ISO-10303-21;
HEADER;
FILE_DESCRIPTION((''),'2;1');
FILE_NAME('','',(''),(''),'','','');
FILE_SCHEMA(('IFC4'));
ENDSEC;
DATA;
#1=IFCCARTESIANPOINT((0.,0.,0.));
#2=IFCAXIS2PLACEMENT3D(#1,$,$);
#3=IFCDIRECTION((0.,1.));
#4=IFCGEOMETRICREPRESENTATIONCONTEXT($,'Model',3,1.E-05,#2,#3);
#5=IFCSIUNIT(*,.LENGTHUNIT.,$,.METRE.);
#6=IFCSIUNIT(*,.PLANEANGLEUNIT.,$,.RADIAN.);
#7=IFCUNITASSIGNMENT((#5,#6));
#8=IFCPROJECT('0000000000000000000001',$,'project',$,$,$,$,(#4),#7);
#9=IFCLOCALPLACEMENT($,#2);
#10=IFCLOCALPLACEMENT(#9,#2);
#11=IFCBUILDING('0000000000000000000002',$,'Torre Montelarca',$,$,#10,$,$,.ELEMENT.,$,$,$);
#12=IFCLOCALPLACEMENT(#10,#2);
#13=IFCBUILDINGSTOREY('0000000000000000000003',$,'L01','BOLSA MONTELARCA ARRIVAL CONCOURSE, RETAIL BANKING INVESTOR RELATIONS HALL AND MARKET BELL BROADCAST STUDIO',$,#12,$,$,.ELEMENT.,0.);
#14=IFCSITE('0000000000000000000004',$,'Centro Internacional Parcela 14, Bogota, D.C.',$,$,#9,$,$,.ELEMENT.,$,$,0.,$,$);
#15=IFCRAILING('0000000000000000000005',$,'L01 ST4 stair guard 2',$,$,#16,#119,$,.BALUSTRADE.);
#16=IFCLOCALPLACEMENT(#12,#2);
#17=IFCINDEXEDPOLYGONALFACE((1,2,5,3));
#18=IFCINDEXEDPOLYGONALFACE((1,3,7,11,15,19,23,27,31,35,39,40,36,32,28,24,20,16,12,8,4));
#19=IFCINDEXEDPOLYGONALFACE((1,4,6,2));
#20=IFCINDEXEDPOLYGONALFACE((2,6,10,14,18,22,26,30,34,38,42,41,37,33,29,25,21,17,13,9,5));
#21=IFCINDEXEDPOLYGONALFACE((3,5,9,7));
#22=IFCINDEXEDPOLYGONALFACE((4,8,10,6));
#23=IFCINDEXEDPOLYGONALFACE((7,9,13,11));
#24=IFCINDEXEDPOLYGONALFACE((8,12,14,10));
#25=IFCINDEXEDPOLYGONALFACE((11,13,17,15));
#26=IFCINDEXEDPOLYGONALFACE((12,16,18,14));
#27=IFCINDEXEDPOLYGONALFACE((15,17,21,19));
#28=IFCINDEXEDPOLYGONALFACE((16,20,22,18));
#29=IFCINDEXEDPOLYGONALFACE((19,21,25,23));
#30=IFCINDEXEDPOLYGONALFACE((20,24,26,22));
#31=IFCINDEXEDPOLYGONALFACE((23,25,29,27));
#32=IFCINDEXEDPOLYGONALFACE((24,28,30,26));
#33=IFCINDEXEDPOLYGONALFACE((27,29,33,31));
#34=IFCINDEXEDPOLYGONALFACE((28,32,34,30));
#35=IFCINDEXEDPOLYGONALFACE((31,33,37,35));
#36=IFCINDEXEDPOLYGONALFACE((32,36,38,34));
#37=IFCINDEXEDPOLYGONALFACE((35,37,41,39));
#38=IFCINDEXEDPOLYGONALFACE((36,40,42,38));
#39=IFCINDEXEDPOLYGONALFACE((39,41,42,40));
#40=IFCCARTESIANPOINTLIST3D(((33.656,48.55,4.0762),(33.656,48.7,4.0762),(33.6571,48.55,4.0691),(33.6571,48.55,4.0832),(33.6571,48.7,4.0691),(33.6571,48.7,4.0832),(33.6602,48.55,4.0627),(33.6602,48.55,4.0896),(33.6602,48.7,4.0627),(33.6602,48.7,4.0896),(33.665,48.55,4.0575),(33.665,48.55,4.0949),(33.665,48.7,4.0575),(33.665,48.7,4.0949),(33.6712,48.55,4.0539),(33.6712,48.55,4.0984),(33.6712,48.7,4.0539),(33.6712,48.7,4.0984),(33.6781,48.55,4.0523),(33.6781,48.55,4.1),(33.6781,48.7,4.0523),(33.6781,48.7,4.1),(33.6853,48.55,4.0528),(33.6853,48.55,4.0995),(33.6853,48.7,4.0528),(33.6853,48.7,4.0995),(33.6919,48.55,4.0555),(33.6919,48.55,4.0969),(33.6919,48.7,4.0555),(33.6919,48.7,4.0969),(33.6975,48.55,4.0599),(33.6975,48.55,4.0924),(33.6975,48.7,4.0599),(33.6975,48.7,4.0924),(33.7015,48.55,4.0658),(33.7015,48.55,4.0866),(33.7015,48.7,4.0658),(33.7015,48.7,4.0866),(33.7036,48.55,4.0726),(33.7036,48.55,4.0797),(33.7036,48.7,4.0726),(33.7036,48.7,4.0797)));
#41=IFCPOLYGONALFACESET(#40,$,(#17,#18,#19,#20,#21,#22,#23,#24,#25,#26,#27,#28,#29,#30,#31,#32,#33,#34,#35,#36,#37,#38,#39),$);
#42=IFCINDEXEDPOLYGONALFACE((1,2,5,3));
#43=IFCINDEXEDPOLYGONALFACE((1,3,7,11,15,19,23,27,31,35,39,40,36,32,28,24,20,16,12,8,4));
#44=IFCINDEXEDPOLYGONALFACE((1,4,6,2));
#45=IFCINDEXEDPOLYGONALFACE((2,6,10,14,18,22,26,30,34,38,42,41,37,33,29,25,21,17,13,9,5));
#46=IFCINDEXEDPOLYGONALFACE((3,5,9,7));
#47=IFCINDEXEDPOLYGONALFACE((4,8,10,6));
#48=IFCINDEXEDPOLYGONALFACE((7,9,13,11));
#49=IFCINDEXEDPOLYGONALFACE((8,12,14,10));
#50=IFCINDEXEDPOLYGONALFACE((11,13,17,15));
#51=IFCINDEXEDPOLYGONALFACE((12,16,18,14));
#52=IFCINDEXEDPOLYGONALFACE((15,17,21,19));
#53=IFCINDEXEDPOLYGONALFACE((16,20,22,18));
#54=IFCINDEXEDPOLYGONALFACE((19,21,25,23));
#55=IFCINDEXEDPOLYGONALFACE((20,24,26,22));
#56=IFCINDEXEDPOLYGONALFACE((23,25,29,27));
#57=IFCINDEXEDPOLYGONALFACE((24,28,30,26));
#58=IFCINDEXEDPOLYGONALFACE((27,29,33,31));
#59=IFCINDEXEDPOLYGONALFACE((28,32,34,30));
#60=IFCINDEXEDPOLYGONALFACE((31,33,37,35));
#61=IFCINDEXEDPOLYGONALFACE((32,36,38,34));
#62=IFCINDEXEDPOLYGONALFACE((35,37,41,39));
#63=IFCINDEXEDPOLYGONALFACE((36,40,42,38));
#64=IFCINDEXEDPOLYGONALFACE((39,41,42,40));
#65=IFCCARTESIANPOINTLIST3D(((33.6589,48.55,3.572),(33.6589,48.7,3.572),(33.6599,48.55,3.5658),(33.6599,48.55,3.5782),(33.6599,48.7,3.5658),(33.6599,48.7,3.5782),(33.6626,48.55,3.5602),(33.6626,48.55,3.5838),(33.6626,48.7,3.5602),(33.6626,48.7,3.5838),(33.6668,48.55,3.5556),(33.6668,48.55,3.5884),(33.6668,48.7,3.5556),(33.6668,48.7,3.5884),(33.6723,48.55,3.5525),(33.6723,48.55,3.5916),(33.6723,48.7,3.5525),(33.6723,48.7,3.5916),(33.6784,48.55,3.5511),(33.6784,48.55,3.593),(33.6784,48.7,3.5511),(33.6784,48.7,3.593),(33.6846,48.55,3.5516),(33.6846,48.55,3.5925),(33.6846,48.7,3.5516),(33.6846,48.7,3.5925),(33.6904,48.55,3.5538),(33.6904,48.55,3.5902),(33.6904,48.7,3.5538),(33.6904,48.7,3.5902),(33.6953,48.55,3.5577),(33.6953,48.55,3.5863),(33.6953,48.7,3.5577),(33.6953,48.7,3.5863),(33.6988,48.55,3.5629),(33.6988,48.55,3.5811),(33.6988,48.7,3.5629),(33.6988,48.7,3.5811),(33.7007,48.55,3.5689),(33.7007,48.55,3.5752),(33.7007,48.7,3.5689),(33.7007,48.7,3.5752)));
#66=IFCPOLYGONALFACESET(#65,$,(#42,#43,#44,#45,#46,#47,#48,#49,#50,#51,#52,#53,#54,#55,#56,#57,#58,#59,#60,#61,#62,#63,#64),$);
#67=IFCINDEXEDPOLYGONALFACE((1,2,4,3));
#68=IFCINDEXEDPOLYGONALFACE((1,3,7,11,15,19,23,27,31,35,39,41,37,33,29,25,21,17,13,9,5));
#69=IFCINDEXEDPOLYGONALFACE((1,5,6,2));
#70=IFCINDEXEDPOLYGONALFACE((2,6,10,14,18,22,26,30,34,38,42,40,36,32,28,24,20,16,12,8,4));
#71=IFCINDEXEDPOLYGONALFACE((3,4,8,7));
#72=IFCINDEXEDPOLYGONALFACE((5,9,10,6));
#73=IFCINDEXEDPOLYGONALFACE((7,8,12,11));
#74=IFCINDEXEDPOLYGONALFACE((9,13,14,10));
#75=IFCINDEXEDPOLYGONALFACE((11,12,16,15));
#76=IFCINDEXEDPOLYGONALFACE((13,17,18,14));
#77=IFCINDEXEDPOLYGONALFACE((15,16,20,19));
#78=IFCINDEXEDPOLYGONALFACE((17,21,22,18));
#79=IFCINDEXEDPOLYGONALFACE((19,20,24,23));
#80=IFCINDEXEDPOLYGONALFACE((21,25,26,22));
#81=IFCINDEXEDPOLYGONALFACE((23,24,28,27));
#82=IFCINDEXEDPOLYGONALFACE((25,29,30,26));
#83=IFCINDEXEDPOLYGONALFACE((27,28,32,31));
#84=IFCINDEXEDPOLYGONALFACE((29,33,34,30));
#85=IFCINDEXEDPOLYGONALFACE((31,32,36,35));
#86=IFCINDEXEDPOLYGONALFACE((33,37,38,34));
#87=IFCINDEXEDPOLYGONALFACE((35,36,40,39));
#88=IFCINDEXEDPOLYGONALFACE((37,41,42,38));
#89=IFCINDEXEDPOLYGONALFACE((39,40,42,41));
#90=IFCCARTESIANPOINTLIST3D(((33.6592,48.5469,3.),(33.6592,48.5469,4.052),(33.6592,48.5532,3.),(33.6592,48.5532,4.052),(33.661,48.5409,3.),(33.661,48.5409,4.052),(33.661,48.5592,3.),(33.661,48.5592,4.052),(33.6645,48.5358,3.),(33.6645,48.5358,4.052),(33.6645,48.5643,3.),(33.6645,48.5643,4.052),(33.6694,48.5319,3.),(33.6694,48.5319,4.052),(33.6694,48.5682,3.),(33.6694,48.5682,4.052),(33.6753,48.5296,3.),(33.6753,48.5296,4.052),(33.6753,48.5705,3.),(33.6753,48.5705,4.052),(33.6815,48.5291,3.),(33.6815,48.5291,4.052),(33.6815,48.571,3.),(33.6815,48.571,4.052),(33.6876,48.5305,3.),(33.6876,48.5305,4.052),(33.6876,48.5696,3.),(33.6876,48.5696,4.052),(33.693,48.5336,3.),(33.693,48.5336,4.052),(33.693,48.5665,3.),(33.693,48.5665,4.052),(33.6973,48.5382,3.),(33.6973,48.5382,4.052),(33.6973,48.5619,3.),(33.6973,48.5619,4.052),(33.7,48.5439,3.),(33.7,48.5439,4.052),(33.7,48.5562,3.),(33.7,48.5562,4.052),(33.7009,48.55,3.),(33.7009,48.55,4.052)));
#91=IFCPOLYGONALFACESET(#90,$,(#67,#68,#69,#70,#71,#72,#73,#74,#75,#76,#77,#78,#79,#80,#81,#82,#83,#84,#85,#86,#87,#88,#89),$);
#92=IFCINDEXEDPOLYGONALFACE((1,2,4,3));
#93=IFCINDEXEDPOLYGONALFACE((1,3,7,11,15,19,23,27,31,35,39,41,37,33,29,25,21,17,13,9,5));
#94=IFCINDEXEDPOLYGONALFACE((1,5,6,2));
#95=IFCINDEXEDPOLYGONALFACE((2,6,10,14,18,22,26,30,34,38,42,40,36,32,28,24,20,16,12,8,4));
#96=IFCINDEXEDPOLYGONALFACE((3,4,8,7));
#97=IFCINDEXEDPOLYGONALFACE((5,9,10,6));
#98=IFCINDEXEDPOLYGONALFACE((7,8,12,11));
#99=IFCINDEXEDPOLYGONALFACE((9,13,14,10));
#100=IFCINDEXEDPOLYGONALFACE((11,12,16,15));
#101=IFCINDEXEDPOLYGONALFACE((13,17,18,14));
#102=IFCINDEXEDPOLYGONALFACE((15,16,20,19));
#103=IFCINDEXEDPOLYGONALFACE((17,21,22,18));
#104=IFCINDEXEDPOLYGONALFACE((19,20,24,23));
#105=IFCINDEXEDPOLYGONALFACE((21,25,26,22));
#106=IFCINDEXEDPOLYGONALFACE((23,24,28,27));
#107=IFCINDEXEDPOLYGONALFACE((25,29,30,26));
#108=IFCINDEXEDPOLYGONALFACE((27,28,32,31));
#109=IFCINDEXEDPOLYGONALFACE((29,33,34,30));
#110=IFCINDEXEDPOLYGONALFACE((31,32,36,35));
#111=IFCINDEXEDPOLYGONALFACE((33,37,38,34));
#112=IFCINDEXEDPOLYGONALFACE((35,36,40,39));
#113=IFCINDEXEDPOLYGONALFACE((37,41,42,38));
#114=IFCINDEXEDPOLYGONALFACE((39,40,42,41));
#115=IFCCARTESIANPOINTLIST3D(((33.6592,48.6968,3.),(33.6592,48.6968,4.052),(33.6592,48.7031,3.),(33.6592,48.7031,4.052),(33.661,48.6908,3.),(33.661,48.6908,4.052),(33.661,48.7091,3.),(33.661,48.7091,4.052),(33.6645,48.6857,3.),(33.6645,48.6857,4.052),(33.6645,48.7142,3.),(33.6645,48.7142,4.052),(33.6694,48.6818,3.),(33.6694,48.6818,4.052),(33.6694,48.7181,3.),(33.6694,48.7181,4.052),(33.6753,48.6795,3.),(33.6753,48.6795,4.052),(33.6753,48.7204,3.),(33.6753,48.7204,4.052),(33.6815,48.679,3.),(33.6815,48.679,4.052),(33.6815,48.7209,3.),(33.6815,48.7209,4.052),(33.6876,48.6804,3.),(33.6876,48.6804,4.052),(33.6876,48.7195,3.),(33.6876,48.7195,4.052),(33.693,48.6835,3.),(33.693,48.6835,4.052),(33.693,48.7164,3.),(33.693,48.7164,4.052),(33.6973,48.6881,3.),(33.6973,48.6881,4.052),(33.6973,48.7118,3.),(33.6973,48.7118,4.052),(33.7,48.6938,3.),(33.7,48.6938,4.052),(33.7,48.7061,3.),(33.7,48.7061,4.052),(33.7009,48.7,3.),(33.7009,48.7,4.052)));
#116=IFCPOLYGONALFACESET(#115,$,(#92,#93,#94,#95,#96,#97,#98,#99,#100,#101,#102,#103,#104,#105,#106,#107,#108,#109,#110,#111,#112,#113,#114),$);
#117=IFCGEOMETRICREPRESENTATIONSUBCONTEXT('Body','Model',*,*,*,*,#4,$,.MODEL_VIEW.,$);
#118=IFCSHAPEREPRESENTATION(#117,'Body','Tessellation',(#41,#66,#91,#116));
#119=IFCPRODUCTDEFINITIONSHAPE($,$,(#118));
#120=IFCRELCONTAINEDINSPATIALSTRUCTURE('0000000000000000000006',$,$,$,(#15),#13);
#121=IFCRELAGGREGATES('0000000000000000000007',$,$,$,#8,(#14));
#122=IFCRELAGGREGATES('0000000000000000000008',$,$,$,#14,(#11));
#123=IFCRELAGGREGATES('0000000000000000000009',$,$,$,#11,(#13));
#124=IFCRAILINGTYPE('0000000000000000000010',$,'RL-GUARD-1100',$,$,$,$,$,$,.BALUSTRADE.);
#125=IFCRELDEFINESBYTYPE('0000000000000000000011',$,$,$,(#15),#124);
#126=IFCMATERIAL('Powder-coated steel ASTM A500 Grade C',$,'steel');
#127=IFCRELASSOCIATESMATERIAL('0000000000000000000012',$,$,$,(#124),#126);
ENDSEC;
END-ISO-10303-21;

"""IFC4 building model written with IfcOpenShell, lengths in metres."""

from ifc_helpers import new_model, si_unit, direction, frame, origin, origin_2d, place, context, subcontext, project, spatial, circle, extrude, material, type_object, element, save


model = new_model("IFC4")

# Units and contexts
model_context = context("Model", 3, precision=1e-05, world=origin(), true_north=direction((0.0, 1.0)))
body_context = subcontext(model_context, "Body", "Model", "MODEL_VIEW")
ifc_project = project(units=[si_unit("LENGTHUNIT", "METRE"), si_unit("PLANEANGLEUNIT", "RADIAN")], contexts=[model_context])

# Site, building, storey
site_placement = place(None, origin())
site = spatial("IfcSite", under=ifc_project, at=site_placement, Name="Centro Internacional Parcela 14, Bogota, D.C.", CompositionType="ELEMENT", RefElevation=0.0)
building_placement = place(site_placement, origin())
building = spatial("IfcBuilding", under=site, at=building_placement, Name="Torre Montelarca", CompositionType="ELEMENT")
storey_placement = place(building_placement, origin())
storey = spatial("IfcBuildingStorey", under=building, at=storey_placement, Name="L01", Description="BOLSA MONTELARCA ARRIVAL CONCOURSE, RETAIL BANKING INVESTOR RELATIONS HALL AND MARKET BELL BROADCAST STUDIO", CompositionType="ELEMENT", Elevation=0.0)

# Railing
ifc_material_1 = material(Name="Powder-coated steel ASTM A500 Grade C", Category="steel")
railing_type_1 = type_object("IfcRailingType", Name="RL-GUARD-1100", PredefinedType="BALUSTRADE", material=ifc_material_1)
railing_1_placement = place(storey_placement, frame((33.6799, 48.55, 3.0)))
element("IfcRailing", 1, at=railing_1_placement, inside=storey, type_object=railing_type_1, Name="L01 ST4 stair guard 2", PredefinedType="BALUSTRADE", context=body_context, shape_type="SweptSolid", body=[
    extrude(circle(Radius=0.0239, at=origin_2d()), frame((0.0, 0.0, 1.0762), z_axis=(0.0, 1.0, 0.0), x_axis=(-1.0, 0.0, 0.0)), (0.0, 0.0, 1.0), 0.1499),
    extrude(circle(Radius=0.021, at=origin_2d()), frame((0.0, 0.0, 0.572), z_axis=(0.0, 1.0, 0.0), x_axis=(-1.0, 0.0, 0.0)), (0.0, 0.0, 1.0), 0.1499),
    extrude(circle(Radius=0.021, at=origin_2d()), origin(), (0.0, 0.0, 1.0), 1.052),
    extrude(circle(Radius=0.021, at=origin_2d()), frame((0.0, 0.1499, 0.0)), (0.0, 0.0, 1.0), 1.052),
])

save(model, "model.ifc")
